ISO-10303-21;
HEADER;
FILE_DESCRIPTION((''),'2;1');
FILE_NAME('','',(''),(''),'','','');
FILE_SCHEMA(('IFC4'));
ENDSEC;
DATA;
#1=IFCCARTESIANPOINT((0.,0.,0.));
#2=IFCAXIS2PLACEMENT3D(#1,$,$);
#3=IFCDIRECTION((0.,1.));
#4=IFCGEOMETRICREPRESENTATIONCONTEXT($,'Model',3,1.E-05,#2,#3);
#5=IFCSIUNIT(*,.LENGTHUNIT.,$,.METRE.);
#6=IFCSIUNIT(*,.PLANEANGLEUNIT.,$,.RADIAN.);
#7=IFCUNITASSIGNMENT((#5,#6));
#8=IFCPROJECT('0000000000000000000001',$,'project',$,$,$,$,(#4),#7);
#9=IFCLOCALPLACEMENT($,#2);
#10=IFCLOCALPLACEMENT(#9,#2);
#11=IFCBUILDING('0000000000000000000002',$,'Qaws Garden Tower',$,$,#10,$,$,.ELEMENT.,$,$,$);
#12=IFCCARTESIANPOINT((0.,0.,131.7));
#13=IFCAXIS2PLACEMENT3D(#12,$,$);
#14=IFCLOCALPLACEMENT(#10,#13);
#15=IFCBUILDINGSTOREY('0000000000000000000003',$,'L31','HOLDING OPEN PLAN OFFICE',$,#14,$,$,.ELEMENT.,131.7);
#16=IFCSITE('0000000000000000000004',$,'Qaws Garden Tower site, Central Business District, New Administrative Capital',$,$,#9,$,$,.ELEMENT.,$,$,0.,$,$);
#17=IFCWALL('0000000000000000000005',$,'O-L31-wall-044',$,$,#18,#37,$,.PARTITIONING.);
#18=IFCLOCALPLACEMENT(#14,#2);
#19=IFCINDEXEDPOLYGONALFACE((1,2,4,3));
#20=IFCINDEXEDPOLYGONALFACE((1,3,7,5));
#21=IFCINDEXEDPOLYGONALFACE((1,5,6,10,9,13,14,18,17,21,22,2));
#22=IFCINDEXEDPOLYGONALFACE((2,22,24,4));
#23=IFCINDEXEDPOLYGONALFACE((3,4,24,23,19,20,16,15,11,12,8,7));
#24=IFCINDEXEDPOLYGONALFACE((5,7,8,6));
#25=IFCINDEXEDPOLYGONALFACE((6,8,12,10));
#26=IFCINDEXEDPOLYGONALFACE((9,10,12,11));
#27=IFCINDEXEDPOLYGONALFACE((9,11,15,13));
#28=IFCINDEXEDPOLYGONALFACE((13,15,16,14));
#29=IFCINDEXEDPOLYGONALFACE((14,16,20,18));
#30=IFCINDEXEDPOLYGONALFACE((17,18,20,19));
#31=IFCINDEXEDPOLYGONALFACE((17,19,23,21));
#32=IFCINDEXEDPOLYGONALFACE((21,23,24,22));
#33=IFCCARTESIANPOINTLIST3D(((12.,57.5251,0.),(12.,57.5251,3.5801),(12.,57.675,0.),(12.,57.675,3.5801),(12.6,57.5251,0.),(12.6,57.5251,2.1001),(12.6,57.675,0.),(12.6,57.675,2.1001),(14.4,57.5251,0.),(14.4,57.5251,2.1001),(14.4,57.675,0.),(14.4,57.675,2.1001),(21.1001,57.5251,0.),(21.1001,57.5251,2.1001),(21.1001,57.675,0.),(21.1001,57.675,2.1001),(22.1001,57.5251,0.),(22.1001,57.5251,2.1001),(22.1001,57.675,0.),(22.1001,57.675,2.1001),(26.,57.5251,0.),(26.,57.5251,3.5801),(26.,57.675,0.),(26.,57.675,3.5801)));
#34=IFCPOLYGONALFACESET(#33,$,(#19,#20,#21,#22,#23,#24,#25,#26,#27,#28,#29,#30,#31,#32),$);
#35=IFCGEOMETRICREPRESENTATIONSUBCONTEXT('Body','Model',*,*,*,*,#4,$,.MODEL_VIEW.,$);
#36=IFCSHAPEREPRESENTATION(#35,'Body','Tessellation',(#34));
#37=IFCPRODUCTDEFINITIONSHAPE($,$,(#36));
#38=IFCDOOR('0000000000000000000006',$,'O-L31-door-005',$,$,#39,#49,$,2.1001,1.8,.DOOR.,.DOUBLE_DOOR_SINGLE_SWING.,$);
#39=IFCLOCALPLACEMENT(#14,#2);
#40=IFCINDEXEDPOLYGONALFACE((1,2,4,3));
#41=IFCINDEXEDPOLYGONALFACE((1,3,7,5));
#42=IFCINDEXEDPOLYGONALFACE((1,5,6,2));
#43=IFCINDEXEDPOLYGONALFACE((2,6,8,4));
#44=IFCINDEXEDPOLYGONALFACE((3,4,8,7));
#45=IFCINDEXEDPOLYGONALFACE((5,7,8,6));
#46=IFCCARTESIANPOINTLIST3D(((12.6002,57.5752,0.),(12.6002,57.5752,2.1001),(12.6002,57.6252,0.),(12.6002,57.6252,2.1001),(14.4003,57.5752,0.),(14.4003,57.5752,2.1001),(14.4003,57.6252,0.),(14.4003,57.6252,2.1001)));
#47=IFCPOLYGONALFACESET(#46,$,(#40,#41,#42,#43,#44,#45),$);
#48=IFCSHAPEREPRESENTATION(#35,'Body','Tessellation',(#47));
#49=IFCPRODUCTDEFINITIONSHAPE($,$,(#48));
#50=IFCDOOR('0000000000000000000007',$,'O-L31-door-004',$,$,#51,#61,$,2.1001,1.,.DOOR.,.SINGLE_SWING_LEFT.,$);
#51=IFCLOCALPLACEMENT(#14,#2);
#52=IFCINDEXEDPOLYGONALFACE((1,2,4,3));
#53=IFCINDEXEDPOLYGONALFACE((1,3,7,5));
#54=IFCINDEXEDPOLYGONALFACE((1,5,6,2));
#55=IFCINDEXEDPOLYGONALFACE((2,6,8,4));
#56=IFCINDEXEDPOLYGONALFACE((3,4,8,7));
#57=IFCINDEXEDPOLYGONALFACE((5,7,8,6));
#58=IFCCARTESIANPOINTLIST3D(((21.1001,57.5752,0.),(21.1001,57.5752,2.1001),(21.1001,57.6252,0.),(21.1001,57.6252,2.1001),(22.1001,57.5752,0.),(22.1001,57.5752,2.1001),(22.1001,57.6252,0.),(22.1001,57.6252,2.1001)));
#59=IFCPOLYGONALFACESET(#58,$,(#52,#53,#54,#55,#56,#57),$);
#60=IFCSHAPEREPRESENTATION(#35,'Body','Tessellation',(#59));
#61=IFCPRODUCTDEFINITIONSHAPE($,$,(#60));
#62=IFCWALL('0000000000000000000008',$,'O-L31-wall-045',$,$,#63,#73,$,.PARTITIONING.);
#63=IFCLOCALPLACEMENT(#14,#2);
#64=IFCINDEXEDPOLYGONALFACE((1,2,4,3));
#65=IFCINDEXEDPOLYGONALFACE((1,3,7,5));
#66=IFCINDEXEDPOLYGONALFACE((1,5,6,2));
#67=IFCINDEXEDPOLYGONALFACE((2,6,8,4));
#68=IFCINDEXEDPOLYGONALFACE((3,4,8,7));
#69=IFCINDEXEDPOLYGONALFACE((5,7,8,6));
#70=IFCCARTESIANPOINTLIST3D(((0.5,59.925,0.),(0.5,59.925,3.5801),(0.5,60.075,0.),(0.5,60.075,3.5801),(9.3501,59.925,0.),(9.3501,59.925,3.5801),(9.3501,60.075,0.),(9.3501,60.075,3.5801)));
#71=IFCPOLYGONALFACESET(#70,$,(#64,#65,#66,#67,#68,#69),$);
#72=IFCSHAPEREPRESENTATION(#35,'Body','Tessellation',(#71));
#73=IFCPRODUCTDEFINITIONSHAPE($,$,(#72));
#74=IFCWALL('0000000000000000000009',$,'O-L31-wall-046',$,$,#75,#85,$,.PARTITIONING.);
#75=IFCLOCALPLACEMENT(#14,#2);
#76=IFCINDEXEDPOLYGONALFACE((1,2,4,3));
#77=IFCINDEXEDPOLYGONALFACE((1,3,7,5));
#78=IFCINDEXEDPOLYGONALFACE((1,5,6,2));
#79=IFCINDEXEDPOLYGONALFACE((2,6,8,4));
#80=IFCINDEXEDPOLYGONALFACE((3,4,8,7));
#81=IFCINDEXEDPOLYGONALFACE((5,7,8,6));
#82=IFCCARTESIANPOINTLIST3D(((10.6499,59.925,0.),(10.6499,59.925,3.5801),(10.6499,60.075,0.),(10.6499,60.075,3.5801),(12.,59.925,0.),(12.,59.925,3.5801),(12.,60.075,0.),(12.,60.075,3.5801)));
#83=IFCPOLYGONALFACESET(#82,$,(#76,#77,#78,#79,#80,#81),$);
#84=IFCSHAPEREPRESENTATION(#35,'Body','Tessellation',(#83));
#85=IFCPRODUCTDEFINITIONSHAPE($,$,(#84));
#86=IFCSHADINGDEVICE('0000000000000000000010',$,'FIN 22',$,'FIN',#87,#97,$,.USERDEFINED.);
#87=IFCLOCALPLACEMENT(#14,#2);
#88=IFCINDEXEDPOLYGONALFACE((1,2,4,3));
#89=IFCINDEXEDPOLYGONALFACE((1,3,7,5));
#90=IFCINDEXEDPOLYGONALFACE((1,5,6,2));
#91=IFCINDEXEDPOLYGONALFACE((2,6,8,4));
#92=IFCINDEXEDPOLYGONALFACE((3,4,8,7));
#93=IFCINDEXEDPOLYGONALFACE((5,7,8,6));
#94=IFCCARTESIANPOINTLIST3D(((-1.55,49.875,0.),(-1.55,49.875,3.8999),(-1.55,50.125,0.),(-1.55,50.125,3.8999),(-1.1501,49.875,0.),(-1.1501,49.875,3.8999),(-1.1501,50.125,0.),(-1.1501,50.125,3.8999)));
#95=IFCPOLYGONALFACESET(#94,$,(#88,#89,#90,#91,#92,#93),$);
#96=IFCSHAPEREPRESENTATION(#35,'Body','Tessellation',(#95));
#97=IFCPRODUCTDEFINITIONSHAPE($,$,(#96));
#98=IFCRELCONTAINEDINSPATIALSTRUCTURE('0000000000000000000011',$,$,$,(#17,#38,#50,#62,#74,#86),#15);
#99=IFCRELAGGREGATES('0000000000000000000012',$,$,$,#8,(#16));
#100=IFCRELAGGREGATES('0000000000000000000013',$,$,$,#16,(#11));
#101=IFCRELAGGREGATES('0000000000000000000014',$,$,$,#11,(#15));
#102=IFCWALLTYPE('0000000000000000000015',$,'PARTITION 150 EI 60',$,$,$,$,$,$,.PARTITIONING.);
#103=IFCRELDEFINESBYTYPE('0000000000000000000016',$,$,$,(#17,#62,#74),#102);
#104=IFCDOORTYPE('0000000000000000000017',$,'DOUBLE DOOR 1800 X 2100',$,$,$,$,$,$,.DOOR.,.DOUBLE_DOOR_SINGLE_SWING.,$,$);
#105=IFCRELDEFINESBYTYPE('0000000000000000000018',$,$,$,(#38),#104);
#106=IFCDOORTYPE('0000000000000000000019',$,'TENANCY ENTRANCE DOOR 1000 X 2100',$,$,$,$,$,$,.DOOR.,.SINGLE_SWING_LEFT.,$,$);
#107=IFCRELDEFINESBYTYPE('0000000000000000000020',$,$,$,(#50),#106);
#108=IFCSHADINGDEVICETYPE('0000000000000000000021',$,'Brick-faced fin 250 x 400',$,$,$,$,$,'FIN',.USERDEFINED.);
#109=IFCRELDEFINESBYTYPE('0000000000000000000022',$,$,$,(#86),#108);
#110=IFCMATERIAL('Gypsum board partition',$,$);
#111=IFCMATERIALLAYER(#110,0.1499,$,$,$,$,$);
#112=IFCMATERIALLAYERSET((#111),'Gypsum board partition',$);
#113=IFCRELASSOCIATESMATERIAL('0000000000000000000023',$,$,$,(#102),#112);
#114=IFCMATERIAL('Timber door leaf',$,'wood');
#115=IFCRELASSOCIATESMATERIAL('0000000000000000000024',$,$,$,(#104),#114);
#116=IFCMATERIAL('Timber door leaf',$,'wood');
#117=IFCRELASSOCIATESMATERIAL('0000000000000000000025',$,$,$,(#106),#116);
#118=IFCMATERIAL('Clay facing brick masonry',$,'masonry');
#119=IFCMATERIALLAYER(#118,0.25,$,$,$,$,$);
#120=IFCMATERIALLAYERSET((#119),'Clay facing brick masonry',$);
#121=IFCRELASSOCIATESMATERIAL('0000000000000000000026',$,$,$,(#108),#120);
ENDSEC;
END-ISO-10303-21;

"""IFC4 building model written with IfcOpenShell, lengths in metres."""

from ifc_helpers import new_model, si_unit, direction, frame, frame_2d, origin, origin_2d, place, context, subcontext, project, spatial, rectangle, extrude, material, layer, layer_set, type_object, element, fill, save


model = new_model("IFC4")

# Units and contexts
model_context = context("Model", 3, precision=1e-05, world=origin(), true_north=direction((0.0, 1.0)))
body_context = subcontext(model_context, "Body", "Model", "MODEL_VIEW")
ifc_project = project(units=[si_unit("LENGTHUNIT", "METRE"), si_unit("PLANEANGLEUNIT", "RADIAN")], contexts=[model_context])

# Site, building, storey
site_placement = place(None, origin())
site = spatial("IfcSite", under=ifc_project, at=site_placement, Name="Qaws Garden Tower site, Central Business District, New Administrative Capital", CompositionType="ELEMENT", RefElevation=0.0)
building_placement = place(site_placement, origin())
building = spatial("IfcBuilding", under=site, at=building_placement, Name="Qaws Garden Tower", CompositionType="ELEMENT")
storey_placement = place(building_placement, frame((0.0, 0.0, 131.7)))
storey = spatial("IfcBuildingStorey", under=building, at=storey_placement, Name="L31", Description="HOLDING OPEN PLAN OFFICE", CompositionType="ELEMENT", Elevation=131.7)

# Shared definitions
ifc_material_1 = material(Name="Gypsum board partition")
ifc_layer_1 = layer(ifc_material_1, 0.1499)
ifc_layer_set_1 = layer_set([ifc_layer_1], Name="Gypsum board partition")
wall_type_1 = type_object("IfcWallType", Name="PARTITION 150 EI 60", PredefinedType="PARTITIONING", material=ifc_layer_set_1)
ifc_material_2 = material(Name="Timber door leaf", Category="wood")
door_type_1 = type_object("IfcDoorType", Name="DOUBLE DOOR 1800 X 2100", OperationType="DOUBLE_DOOR_SINGLE_SWING", PredefinedType="DOOR", material=ifc_material_2)

# Wall, openings, doors
wall_1_placement = place(storey_placement, frame((12.0, 57.6001, 0.0), z_axis=(0.0, 0.0, 1.0), x_axis=(1.0, 0.0, 0.0)))
wall_1 = element("IfcWall", 1, at=wall_1_placement, inside=storey, type_object=wall_type_1, Name="O-L31-wall-044", PredefinedType="PARTITIONING", context=body_context, shape_type="SweptSolid", body=[
    extrude(rectangle(XDim=14.0, YDim=0.1499, at=frame_2d((7.0, 0.0))), origin(), (0.0, 0.0, 1.0), 3.5801),
])
opening_1_placement = place(wall_1_placement, frame((9.1001, 0.0, 0.0)))
opening_1 = element("IfcOpeningElement", 2, at=opening_1_placement, cuts=wall_1, PredefinedType="OPENING", context=body_context, shape_type="SweptSolid", body=[
    extrude(rectangle(XDim=1.0, YDim=2.1001, at=frame_2d((0.5, 1.05))), frame((0.0, 0.085, 0.0), z_axis=(0.0, -1.0, 0.0), x_axis=(1.0, 0.0, 0.0)), (0.0, 0.0, 1.0), 0.1699),
])
opening_2_placement = place(wall_1_placement, frame((0.6001, 0.0, 0.0)))
opening_2 = element("IfcOpeningElement", 3, at=opening_2_placement, cuts=wall_1, PredefinedType="OPENING", context=body_context, shape_type="SweptSolid", body=[
    extrude(rectangle(XDim=1.8, YDim=2.1001, at=frame_2d((0.8999, 1.05))), frame((0.0, 0.085, 0.0), z_axis=(0.0, -1.0, 0.0), x_axis=(1.0, 0.0, 0.0)), (0.0, 0.0, 1.0), 0.1699),
])
door_1_placement = place(opening_2_placement, frame((1.8, 0.0, 0.0), z_axis=(0.0, 0.0, 1.0), x_axis=(-1.0, 0.0, 0.0)))
door_1 = element("IfcDoor", 4, at=door_1_placement, inside=storey, type_object=door_type_1, Name="O-L31-door-005", OperationType="DOUBLE_DOOR_SINGLE_SWING", OverallHeight=2.1001, OverallWidth=1.8, PredefinedType="DOOR", context=body_context, shape_type="SweptSolid", body=[
    extrude(rectangle(XDim=1.8, YDim=2.1001, at=frame_2d((0.8999, 1.05))), frame((0.0, 0.0249, 0.0), z_axis=(0.0, -1.0, 0.0), x_axis=(1.0, 0.0, 0.0)), (0.0, 0.0, 1.0), 0.05),
])
fill(opening_2, door_1)
ifc_material_3 = material(Name="Timber door leaf", Category="wood")
door_type_2 = type_object("IfcDoorType", Name="TENANCY ENTRANCE DOOR 1000 X 2100", OperationType="SINGLE_SWING_LEFT", PredefinedType="DOOR", material=ifc_material_3)
door_2_placement = place(opening_1_placement, frame((1.0, 0.0, 0.0), z_axis=(0.0, 0.0, 1.0), x_axis=(-1.0, 0.0, 0.0)))
door_2 = element("IfcDoor", 5, at=door_2_placement, inside=storey, type_object=door_type_2, Name="O-L31-door-004", OperationType="SINGLE_SWING_LEFT", OverallHeight=2.1001, OverallWidth=1.0, PredefinedType="DOOR", context=body_context, shape_type="SweptSolid", body=[
    extrude(rectangle(XDim=1.0, YDim=2.1001, at=frame_2d((0.5, 1.05))), frame((0.0, 0.0249, 0.0), z_axis=(0.0, -1.0, 0.0), x_axis=(1.0, 0.0, 0.0)), (0.0, 0.0, 1.0), 0.05),
])
fill(opening_1, door_2)

# Walls
wall_2_placement = place(storey_placement, frame((0.5, 60.0, 0.0), z_axis=(0.0, 0.0, 1.0), x_axis=(1.0, 0.0, 0.0)))
element("IfcWall", 6, at=wall_2_placement, inside=storey, type_object=wall_type_1, Name="O-L31-wall-045", PredefinedType="PARTITIONING", context=body_context, shape_type="SweptSolid", body=[
    extrude(rectangle(XDim=8.8501, YDim=0.1499, at=frame_2d((4.425, 0.0))), origin(), (0.0, 0.0, 1.0), 3.5801),
])
wall_3_placement = place(storey_placement, frame((10.6499, 60.0, 0.0), z_axis=(0.0, 0.0, 1.0), x_axis=(1.0, 0.0, 0.0)))
element("IfcWall", 7, at=wall_3_placement, inside=storey, type_object=wall_type_1, Name="O-L31-wall-046", PredefinedType="PARTITIONING", context=body_context, shape_type="SweptSolid", body=[
    extrude(rectangle(XDim=1.3501, YDim=0.1499, at=frame_2d((0.675, 0.0))), origin(), (0.0, 0.0, 1.0), 3.5801),
])

# Shading device
ifc_material_4 = material(Name="Clay facing brick masonry", Category="masonry")
ifc_layer_2 = layer(ifc_material_4, 0.25)
ifc_layer_set_2 = layer_set([ifc_layer_2], Name="Clay facing brick masonry")
shading_device_type = type_object("IfcShadingDeviceType", Name="Brick-faced fin 250 x 400", ElementType="FIN", PredefinedType="USERDEFINED", material=ifc_layer_set_2)
shading_device_placement = place(storey_placement, frame((-1.3501, 50.0, 0.0), z_axis=(0.0, 0.0, 1.0), x_axis=(0.0, -1.0, 0.0)))
element("IfcShadingDevice", 8, at=shading_device_placement, inside=storey, type_object=shading_device_type, Name="FIN 22", ObjectType="FIN", PredefinedType="USERDEFINED", context=body_context, shape_type="SweptSolid", body=[
    extrude(rectangle(XDim=0.25, YDim=0.3999, at=origin_2d()), origin(), (0.0, 0.0, 1.0), 3.8999),
])

save(model, "model.ifc")
